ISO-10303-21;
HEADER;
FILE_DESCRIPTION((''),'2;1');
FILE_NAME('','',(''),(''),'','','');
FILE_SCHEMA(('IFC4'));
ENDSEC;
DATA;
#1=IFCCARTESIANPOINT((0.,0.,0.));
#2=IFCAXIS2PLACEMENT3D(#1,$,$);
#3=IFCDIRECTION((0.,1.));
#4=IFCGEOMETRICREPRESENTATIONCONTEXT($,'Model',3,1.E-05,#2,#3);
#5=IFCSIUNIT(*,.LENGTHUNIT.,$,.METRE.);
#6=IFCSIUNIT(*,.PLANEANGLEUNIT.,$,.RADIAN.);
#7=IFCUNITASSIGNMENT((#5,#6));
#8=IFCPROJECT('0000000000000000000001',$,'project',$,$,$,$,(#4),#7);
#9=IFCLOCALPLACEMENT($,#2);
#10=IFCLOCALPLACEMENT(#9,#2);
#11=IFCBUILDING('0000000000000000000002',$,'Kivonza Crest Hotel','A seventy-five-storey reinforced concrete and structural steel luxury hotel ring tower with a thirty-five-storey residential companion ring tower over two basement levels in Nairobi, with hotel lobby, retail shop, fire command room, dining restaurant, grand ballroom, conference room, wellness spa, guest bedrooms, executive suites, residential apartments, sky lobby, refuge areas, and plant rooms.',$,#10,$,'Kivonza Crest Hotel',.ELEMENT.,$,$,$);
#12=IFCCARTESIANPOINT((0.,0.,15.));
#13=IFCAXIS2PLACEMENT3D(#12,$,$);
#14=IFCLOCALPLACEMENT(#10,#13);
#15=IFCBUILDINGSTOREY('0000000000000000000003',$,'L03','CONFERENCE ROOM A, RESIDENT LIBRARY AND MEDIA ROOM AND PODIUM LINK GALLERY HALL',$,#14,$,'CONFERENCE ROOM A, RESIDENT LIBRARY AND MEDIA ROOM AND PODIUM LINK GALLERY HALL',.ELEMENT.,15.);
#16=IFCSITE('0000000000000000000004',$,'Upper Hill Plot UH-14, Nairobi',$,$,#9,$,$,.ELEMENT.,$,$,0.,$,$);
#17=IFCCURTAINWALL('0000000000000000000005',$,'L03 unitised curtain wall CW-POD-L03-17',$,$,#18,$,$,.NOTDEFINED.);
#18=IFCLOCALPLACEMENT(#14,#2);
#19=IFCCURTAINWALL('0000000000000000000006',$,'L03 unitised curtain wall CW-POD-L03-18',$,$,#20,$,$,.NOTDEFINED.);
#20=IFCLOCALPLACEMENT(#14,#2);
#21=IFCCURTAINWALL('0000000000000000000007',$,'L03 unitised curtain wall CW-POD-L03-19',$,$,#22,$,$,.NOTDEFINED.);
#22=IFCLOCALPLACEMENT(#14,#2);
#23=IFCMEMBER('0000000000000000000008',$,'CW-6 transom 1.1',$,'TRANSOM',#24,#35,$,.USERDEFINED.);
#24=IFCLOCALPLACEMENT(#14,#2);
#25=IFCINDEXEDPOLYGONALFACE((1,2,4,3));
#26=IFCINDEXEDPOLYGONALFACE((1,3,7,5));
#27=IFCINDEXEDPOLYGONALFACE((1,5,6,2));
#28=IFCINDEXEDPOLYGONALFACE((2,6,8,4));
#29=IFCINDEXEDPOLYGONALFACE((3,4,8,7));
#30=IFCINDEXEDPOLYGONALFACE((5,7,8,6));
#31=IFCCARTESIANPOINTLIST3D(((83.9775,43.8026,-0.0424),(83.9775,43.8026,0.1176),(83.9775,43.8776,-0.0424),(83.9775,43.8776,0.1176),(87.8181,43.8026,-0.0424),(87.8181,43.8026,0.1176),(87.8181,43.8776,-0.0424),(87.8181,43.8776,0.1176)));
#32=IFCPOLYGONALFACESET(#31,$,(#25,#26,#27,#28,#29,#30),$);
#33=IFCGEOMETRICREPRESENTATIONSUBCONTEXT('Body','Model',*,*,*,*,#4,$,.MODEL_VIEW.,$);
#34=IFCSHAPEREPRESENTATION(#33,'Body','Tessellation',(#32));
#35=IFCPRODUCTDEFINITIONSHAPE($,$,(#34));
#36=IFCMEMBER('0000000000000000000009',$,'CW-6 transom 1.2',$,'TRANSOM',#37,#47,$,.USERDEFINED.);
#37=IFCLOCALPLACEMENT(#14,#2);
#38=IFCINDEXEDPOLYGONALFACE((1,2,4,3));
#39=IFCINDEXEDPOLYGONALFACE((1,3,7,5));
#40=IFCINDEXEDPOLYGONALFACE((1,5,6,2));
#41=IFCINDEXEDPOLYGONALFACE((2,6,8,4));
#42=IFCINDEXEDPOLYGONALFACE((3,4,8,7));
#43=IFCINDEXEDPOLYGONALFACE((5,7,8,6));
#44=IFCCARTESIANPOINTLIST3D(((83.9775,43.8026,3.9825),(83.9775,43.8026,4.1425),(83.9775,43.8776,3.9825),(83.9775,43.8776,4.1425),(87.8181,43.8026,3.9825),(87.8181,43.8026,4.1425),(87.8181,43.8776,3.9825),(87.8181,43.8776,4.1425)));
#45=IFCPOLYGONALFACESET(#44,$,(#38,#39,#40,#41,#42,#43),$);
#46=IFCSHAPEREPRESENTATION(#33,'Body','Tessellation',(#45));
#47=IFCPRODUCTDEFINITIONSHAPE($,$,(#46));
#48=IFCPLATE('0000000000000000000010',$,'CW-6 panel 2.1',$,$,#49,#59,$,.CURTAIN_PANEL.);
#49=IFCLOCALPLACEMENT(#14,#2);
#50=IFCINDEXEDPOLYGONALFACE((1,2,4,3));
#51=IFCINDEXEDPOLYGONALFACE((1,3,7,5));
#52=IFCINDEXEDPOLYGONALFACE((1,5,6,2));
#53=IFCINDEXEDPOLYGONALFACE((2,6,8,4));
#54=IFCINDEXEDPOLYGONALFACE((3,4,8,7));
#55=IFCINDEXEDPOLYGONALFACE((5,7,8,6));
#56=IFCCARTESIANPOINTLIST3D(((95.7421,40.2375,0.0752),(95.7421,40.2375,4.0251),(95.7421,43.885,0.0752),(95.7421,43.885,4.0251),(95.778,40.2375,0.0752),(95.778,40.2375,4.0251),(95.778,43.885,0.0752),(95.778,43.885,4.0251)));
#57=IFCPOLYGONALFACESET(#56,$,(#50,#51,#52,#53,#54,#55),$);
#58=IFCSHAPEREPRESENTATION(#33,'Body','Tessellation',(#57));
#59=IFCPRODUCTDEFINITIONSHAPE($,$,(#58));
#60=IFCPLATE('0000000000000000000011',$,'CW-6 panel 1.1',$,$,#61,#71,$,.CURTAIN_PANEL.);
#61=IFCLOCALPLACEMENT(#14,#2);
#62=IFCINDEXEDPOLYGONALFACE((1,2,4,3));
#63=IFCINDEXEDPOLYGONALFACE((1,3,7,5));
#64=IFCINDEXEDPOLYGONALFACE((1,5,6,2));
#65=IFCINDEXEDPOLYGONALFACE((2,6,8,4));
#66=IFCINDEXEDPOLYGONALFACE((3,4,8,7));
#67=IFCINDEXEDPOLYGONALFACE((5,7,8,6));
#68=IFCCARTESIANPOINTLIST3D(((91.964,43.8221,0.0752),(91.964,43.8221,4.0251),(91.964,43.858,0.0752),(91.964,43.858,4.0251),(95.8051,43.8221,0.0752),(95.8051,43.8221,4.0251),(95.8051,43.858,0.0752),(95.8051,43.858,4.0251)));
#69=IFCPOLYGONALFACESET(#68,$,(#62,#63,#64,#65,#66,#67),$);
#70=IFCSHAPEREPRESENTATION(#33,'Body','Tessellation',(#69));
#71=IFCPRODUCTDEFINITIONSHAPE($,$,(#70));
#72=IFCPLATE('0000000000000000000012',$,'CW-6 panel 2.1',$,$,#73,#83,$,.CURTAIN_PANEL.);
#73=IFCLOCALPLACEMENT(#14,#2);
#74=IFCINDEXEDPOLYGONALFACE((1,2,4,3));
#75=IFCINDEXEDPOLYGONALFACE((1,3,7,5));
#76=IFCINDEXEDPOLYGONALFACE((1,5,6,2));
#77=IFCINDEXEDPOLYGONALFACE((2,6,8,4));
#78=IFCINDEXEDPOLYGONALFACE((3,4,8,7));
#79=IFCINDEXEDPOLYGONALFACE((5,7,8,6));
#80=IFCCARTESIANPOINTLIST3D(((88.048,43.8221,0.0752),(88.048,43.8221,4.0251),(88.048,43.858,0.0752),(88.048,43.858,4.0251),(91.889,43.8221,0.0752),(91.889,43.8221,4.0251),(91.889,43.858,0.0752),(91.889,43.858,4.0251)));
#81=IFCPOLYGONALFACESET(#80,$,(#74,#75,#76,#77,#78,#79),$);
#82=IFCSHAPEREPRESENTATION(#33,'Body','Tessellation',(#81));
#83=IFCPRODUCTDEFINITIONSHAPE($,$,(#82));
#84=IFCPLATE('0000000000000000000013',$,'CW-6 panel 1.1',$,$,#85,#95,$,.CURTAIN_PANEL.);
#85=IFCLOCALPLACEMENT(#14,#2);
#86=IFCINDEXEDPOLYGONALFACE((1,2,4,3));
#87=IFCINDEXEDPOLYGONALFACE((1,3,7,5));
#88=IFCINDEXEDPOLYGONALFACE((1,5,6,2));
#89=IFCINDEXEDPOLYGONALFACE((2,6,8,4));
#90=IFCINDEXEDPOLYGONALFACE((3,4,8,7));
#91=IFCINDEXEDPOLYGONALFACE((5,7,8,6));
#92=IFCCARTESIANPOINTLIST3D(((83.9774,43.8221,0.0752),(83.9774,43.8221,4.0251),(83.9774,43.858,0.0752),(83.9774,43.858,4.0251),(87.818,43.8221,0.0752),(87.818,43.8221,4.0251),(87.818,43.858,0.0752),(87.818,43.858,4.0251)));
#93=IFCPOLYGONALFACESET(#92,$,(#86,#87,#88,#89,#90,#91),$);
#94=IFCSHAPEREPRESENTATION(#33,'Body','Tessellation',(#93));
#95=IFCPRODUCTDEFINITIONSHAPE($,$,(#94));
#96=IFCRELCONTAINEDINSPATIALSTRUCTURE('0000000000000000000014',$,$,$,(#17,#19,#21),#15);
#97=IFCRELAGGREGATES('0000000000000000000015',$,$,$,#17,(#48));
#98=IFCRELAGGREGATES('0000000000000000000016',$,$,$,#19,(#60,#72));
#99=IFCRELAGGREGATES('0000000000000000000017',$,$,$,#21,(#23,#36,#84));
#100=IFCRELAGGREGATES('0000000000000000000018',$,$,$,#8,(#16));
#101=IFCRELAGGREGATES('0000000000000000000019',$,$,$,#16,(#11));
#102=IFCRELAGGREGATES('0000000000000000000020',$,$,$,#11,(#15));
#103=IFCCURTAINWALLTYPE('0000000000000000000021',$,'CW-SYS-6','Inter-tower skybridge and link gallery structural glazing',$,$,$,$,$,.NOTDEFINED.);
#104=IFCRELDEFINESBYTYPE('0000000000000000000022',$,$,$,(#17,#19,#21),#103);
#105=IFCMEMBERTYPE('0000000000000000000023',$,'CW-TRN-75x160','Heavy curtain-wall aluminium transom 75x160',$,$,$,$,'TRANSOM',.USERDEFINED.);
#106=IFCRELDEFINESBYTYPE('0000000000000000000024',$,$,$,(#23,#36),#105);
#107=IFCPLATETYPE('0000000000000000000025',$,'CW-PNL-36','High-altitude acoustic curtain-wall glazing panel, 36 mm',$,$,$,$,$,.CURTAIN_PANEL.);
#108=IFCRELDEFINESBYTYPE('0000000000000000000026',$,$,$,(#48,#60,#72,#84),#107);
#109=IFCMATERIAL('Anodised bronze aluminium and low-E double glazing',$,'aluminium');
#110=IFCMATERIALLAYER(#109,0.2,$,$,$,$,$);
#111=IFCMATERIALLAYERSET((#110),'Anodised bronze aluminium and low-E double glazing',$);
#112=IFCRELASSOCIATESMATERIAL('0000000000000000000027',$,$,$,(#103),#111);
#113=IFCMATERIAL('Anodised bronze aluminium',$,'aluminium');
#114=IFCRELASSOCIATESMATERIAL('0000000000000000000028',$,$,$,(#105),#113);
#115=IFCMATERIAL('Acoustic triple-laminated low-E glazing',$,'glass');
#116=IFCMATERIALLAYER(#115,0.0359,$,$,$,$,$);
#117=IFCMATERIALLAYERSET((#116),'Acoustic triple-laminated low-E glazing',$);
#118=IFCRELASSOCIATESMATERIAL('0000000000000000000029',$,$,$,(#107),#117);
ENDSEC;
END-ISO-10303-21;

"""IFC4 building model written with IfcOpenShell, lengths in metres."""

from ifc_helpers import new_model, si_unit, direction, frame, origin, origin_2d, place, context, subcontext, project, spatial, rectangle, extrude, material, layer, layer_set, material_profile, profile_set, type_object, element, aggregate, save


model = new_model("IFC4")

# Units and contexts
model_context = context("Model", 3, precision=1e-05, world=origin(), true_north=direction((0.0, 1.0)))
body_context = subcontext(model_context, "Body", "Model", "MODEL_VIEW")
ifc_project = project(units=[si_unit("LENGTHUNIT", "METRE"), si_unit("PLANEANGLEUNIT", "RADIAN")], contexts=[model_context])

# Site, building, storey
site_placement = place(None, origin())
site = spatial("IfcSite", under=ifc_project, at=site_placement, Name="Upper Hill Plot UH-14, Nairobi", CompositionType="ELEMENT", RefElevation=0.0)
building_placement = place(site_placement, origin())
building = spatial("IfcBuilding", under=site, at=building_placement, Name="Kivonza Crest Hotel", Description="A seventy-five-storey reinforced concrete and structural steel luxury hotel ring tower with a thirty-five-storey residential companion ring tower over two basement levels in Nairobi, with hotel lobby, retail shop, fire command room, dining restaurant, grand ballroom, conference room, wellness spa, guest bedrooms, executive suites, residential apartments, sky lobby, refuge areas, and plant rooms.", LongName="Kivonza Crest Hotel", CompositionType="ELEMENT")
storey_placement = place(building_placement, frame((0.0, 0.0, 15.0)))
storey = spatial("IfcBuildingStorey", under=building, at=storey_placement, Name="L03", Description="CONFERENCE ROOM A, RESIDENT LIBRARY AND MEDIA ROOM AND PODIUM LINK GALLERY HALL", LongName="CONFERENCE ROOM A, RESIDENT LIBRARY AND MEDIA ROOM AND PODIUM LINK GALLERY HALL", CompositionType="ELEMENT", Elevation=15.0)

# Curtain wall
ifc_material_1 = material(Name="Anodised bronze aluminium and low-E double glazing", Category="aluminium")
ifc_layer_1 = layer(ifc_material_1, 0.2)
ifc_layer_set_1 = layer_set([ifc_layer_1], Name="Anodised bronze aluminium and low-E double glazing")
curtain_wall_type = type_object("IfcCurtainWallType", Name="CW-SYS-6", Description="Inter-tower skybridge and link gallery structural glazing", PredefinedType="NOTDEFINED", material=ifc_layer_set_1)
curtain_wall_1_placement = place(storey_placement, origin())
curtain_wall_1 = element("IfcCurtainWall", 1, at=curtain_wall_1_placement, inside=storey, type_object=curtain_wall_type, Name="L03 unitised curtain wall CW-POD-L03-17", PredefinedType="NOTDEFINED")
ifc_material_2 = material(Name="Anodised bronze aluminium", Category="aluminium")

# Curtain wall
curtain_wall_2_placement = place(storey_placement, origin())
curtain_wall_2 = element("IfcCurtainWall", 2, at=curtain_wall_2_placement, inside=storey, type_object=curtain_wall_type, Name="L03 unitised curtain wall CW-POD-L03-18", PredefinedType="NOTDEFINED")

# Curtain wall
curtain_wall_3_placement = place(storey_placement, origin())
curtain_wall_3 = element("IfcCurtainWall", 3, at=curtain_wall_3_placement, inside=storey, type_object=curtain_wall_type, Name="L03 unitised curtain wall CW-POD-L03-19", PredefinedType="NOTDEFINED")

# Members
ifc_material_profile_1 = material_profile(ifc_material_2, rectangle(XDim=0.075, YDim=0.1599, at=origin_2d()), Name="CW-T 75x160")
ifc_profile_set_1 = profile_set([ifc_material_profile_1], Name="Anodised bronze aluminium")
member_type_1 = type_object("IfcMemberType", Name="CW-TRN-75x160", Description="Heavy curtain-wall aluminium transom 75x160", ElementType="TRANSOM", PredefinedType="USERDEFINED", material=ifc_profile_set_1)
member_1_placement = place(storey_placement, frame((87.8181, 43.8401, 0.0376), z_axis=(-1.0, 0.0, 0.0), x_axis=(0.0, -1.0, 0.0)))
member_1 = element("IfcMember", 4, at=member_1_placement, type_object=member_type_1, Name="CW-6 transom 1.1", ObjectType="TRANSOM", PredefinedType="USERDEFINED", context=body_context, shape_type="SweptSolid", body=[
    extrude(rectangle(XDim=0.075, YDim=0.1599, at=origin_2d()), origin(), (0.0, 0.0, 1.0), 3.8406),
])
member_2_placement = place(storey_placement, frame((87.8181, 43.8401, 4.0625), z_axis=(-1.0, 0.0, 0.0), x_axis=(0.0, -1.0, 0.0)))
member_2 = element("IfcMember", 5, at=member_2_placement, type_object=member_type_1, Name="CW-6 transom 1.2", ObjectType="TRANSOM", PredefinedType="USERDEFINED", context=body_context, shape_type="SweptSolid", body=[
    extrude(rectangle(XDim=0.075, YDim=0.1599, at=origin_2d()), origin(), (0.0, 0.0, 1.0), 3.8406),
])

# Plates
ifc_material_3 = material(Name="Acoustic triple-laminated low-E glazing", Category="glass")
ifc_layer_2 = layer(ifc_material_3, 0.0359)
ifc_layer_set_2 = layer_set([ifc_layer_2], Name="Acoustic triple-laminated low-E glazing")
plate_type = type_object("IfcPlateType", Name="CW-PNL-36", Description="High-altitude acoustic curtain-wall glazing panel, 36 mm", PredefinedType="CURTAIN_PANEL", material=ifc_layer_set_2)
plate_1_placement = place(storey_placement, frame((95.76, 42.0613, 0.0752), z_axis=(0.0, 0.0, 1.0), x_axis=(0.0, 1.0, 0.0)))
plate_1 = element("IfcPlate", 6, at=plate_1_placement, type_object=plate_type, Name="CW-6 panel 2.1", PredefinedType="CURTAIN_PANEL", context=body_context, shape_type="SweptSolid", body=[
    extrude(rectangle(XDim=3.6475, YDim=0.0359, at=origin_2d()), origin(), (0.0, 0.0, 1.0), 3.95),
])
aggregate(curtain_wall_1, [plate_1])
plate_2_placement = place(storey_placement, frame((93.8845, 43.8401, 0.0752), z_axis=(0.0, 0.0, 1.0), x_axis=(-1.0, 0.0, 0.0)))
plate_2 = element("IfcPlate", 7, at=plate_2_placement, type_object=plate_type, Name="CW-6 panel 1.1", PredefinedType="CURTAIN_PANEL", context=body_context, shape_type="SweptSolid", body=[
    extrude(rectangle(XDim=3.8411, YDim=0.0359, at=origin_2d()), origin(), (0.0, 0.0, 1.0), 3.95),
])
plate_3_placement = place(storey_placement, frame((89.9685, 43.8401, 0.0752), z_axis=(0.0, 0.0, 1.0), x_axis=(-1.0, 0.0, 0.0)))
plate_3 = element("IfcPlate", 8, at=plate_3_placement, type_object=plate_type, Name="CW-6 panel 2.1", PredefinedType="CURTAIN_PANEL", context=body_context, shape_type="SweptSolid", body=[
    extrude(rectangle(XDim=3.8411, YDim=0.0359, at=origin_2d()), origin(), (0.0, 0.0, 1.0), 3.95),
])
aggregate(curtain_wall_2, [plate_2, plate_3])
plate_4_placement = place(storey_placement, frame((85.8977, 43.8401, 0.0752), z_axis=(0.0, 0.0, 1.0), x_axis=(-1.0, 0.0, 0.0)))
plate_4 = element("IfcPlate", 9, at=plate_4_placement, type_object=plate_type, Name="CW-6 panel 1.1", PredefinedType="CURTAIN_PANEL", context=body_context, shape_type="SweptSolid", body=[
    extrude(rectangle(XDim=3.8406, YDim=0.0359, at=origin_2d()), origin(), (0.0, 0.0, 1.0), 3.95),
])
aggregate(curtain_wall_3, [member_1, member_2, plate_4])

save(model, "model.ifc")
